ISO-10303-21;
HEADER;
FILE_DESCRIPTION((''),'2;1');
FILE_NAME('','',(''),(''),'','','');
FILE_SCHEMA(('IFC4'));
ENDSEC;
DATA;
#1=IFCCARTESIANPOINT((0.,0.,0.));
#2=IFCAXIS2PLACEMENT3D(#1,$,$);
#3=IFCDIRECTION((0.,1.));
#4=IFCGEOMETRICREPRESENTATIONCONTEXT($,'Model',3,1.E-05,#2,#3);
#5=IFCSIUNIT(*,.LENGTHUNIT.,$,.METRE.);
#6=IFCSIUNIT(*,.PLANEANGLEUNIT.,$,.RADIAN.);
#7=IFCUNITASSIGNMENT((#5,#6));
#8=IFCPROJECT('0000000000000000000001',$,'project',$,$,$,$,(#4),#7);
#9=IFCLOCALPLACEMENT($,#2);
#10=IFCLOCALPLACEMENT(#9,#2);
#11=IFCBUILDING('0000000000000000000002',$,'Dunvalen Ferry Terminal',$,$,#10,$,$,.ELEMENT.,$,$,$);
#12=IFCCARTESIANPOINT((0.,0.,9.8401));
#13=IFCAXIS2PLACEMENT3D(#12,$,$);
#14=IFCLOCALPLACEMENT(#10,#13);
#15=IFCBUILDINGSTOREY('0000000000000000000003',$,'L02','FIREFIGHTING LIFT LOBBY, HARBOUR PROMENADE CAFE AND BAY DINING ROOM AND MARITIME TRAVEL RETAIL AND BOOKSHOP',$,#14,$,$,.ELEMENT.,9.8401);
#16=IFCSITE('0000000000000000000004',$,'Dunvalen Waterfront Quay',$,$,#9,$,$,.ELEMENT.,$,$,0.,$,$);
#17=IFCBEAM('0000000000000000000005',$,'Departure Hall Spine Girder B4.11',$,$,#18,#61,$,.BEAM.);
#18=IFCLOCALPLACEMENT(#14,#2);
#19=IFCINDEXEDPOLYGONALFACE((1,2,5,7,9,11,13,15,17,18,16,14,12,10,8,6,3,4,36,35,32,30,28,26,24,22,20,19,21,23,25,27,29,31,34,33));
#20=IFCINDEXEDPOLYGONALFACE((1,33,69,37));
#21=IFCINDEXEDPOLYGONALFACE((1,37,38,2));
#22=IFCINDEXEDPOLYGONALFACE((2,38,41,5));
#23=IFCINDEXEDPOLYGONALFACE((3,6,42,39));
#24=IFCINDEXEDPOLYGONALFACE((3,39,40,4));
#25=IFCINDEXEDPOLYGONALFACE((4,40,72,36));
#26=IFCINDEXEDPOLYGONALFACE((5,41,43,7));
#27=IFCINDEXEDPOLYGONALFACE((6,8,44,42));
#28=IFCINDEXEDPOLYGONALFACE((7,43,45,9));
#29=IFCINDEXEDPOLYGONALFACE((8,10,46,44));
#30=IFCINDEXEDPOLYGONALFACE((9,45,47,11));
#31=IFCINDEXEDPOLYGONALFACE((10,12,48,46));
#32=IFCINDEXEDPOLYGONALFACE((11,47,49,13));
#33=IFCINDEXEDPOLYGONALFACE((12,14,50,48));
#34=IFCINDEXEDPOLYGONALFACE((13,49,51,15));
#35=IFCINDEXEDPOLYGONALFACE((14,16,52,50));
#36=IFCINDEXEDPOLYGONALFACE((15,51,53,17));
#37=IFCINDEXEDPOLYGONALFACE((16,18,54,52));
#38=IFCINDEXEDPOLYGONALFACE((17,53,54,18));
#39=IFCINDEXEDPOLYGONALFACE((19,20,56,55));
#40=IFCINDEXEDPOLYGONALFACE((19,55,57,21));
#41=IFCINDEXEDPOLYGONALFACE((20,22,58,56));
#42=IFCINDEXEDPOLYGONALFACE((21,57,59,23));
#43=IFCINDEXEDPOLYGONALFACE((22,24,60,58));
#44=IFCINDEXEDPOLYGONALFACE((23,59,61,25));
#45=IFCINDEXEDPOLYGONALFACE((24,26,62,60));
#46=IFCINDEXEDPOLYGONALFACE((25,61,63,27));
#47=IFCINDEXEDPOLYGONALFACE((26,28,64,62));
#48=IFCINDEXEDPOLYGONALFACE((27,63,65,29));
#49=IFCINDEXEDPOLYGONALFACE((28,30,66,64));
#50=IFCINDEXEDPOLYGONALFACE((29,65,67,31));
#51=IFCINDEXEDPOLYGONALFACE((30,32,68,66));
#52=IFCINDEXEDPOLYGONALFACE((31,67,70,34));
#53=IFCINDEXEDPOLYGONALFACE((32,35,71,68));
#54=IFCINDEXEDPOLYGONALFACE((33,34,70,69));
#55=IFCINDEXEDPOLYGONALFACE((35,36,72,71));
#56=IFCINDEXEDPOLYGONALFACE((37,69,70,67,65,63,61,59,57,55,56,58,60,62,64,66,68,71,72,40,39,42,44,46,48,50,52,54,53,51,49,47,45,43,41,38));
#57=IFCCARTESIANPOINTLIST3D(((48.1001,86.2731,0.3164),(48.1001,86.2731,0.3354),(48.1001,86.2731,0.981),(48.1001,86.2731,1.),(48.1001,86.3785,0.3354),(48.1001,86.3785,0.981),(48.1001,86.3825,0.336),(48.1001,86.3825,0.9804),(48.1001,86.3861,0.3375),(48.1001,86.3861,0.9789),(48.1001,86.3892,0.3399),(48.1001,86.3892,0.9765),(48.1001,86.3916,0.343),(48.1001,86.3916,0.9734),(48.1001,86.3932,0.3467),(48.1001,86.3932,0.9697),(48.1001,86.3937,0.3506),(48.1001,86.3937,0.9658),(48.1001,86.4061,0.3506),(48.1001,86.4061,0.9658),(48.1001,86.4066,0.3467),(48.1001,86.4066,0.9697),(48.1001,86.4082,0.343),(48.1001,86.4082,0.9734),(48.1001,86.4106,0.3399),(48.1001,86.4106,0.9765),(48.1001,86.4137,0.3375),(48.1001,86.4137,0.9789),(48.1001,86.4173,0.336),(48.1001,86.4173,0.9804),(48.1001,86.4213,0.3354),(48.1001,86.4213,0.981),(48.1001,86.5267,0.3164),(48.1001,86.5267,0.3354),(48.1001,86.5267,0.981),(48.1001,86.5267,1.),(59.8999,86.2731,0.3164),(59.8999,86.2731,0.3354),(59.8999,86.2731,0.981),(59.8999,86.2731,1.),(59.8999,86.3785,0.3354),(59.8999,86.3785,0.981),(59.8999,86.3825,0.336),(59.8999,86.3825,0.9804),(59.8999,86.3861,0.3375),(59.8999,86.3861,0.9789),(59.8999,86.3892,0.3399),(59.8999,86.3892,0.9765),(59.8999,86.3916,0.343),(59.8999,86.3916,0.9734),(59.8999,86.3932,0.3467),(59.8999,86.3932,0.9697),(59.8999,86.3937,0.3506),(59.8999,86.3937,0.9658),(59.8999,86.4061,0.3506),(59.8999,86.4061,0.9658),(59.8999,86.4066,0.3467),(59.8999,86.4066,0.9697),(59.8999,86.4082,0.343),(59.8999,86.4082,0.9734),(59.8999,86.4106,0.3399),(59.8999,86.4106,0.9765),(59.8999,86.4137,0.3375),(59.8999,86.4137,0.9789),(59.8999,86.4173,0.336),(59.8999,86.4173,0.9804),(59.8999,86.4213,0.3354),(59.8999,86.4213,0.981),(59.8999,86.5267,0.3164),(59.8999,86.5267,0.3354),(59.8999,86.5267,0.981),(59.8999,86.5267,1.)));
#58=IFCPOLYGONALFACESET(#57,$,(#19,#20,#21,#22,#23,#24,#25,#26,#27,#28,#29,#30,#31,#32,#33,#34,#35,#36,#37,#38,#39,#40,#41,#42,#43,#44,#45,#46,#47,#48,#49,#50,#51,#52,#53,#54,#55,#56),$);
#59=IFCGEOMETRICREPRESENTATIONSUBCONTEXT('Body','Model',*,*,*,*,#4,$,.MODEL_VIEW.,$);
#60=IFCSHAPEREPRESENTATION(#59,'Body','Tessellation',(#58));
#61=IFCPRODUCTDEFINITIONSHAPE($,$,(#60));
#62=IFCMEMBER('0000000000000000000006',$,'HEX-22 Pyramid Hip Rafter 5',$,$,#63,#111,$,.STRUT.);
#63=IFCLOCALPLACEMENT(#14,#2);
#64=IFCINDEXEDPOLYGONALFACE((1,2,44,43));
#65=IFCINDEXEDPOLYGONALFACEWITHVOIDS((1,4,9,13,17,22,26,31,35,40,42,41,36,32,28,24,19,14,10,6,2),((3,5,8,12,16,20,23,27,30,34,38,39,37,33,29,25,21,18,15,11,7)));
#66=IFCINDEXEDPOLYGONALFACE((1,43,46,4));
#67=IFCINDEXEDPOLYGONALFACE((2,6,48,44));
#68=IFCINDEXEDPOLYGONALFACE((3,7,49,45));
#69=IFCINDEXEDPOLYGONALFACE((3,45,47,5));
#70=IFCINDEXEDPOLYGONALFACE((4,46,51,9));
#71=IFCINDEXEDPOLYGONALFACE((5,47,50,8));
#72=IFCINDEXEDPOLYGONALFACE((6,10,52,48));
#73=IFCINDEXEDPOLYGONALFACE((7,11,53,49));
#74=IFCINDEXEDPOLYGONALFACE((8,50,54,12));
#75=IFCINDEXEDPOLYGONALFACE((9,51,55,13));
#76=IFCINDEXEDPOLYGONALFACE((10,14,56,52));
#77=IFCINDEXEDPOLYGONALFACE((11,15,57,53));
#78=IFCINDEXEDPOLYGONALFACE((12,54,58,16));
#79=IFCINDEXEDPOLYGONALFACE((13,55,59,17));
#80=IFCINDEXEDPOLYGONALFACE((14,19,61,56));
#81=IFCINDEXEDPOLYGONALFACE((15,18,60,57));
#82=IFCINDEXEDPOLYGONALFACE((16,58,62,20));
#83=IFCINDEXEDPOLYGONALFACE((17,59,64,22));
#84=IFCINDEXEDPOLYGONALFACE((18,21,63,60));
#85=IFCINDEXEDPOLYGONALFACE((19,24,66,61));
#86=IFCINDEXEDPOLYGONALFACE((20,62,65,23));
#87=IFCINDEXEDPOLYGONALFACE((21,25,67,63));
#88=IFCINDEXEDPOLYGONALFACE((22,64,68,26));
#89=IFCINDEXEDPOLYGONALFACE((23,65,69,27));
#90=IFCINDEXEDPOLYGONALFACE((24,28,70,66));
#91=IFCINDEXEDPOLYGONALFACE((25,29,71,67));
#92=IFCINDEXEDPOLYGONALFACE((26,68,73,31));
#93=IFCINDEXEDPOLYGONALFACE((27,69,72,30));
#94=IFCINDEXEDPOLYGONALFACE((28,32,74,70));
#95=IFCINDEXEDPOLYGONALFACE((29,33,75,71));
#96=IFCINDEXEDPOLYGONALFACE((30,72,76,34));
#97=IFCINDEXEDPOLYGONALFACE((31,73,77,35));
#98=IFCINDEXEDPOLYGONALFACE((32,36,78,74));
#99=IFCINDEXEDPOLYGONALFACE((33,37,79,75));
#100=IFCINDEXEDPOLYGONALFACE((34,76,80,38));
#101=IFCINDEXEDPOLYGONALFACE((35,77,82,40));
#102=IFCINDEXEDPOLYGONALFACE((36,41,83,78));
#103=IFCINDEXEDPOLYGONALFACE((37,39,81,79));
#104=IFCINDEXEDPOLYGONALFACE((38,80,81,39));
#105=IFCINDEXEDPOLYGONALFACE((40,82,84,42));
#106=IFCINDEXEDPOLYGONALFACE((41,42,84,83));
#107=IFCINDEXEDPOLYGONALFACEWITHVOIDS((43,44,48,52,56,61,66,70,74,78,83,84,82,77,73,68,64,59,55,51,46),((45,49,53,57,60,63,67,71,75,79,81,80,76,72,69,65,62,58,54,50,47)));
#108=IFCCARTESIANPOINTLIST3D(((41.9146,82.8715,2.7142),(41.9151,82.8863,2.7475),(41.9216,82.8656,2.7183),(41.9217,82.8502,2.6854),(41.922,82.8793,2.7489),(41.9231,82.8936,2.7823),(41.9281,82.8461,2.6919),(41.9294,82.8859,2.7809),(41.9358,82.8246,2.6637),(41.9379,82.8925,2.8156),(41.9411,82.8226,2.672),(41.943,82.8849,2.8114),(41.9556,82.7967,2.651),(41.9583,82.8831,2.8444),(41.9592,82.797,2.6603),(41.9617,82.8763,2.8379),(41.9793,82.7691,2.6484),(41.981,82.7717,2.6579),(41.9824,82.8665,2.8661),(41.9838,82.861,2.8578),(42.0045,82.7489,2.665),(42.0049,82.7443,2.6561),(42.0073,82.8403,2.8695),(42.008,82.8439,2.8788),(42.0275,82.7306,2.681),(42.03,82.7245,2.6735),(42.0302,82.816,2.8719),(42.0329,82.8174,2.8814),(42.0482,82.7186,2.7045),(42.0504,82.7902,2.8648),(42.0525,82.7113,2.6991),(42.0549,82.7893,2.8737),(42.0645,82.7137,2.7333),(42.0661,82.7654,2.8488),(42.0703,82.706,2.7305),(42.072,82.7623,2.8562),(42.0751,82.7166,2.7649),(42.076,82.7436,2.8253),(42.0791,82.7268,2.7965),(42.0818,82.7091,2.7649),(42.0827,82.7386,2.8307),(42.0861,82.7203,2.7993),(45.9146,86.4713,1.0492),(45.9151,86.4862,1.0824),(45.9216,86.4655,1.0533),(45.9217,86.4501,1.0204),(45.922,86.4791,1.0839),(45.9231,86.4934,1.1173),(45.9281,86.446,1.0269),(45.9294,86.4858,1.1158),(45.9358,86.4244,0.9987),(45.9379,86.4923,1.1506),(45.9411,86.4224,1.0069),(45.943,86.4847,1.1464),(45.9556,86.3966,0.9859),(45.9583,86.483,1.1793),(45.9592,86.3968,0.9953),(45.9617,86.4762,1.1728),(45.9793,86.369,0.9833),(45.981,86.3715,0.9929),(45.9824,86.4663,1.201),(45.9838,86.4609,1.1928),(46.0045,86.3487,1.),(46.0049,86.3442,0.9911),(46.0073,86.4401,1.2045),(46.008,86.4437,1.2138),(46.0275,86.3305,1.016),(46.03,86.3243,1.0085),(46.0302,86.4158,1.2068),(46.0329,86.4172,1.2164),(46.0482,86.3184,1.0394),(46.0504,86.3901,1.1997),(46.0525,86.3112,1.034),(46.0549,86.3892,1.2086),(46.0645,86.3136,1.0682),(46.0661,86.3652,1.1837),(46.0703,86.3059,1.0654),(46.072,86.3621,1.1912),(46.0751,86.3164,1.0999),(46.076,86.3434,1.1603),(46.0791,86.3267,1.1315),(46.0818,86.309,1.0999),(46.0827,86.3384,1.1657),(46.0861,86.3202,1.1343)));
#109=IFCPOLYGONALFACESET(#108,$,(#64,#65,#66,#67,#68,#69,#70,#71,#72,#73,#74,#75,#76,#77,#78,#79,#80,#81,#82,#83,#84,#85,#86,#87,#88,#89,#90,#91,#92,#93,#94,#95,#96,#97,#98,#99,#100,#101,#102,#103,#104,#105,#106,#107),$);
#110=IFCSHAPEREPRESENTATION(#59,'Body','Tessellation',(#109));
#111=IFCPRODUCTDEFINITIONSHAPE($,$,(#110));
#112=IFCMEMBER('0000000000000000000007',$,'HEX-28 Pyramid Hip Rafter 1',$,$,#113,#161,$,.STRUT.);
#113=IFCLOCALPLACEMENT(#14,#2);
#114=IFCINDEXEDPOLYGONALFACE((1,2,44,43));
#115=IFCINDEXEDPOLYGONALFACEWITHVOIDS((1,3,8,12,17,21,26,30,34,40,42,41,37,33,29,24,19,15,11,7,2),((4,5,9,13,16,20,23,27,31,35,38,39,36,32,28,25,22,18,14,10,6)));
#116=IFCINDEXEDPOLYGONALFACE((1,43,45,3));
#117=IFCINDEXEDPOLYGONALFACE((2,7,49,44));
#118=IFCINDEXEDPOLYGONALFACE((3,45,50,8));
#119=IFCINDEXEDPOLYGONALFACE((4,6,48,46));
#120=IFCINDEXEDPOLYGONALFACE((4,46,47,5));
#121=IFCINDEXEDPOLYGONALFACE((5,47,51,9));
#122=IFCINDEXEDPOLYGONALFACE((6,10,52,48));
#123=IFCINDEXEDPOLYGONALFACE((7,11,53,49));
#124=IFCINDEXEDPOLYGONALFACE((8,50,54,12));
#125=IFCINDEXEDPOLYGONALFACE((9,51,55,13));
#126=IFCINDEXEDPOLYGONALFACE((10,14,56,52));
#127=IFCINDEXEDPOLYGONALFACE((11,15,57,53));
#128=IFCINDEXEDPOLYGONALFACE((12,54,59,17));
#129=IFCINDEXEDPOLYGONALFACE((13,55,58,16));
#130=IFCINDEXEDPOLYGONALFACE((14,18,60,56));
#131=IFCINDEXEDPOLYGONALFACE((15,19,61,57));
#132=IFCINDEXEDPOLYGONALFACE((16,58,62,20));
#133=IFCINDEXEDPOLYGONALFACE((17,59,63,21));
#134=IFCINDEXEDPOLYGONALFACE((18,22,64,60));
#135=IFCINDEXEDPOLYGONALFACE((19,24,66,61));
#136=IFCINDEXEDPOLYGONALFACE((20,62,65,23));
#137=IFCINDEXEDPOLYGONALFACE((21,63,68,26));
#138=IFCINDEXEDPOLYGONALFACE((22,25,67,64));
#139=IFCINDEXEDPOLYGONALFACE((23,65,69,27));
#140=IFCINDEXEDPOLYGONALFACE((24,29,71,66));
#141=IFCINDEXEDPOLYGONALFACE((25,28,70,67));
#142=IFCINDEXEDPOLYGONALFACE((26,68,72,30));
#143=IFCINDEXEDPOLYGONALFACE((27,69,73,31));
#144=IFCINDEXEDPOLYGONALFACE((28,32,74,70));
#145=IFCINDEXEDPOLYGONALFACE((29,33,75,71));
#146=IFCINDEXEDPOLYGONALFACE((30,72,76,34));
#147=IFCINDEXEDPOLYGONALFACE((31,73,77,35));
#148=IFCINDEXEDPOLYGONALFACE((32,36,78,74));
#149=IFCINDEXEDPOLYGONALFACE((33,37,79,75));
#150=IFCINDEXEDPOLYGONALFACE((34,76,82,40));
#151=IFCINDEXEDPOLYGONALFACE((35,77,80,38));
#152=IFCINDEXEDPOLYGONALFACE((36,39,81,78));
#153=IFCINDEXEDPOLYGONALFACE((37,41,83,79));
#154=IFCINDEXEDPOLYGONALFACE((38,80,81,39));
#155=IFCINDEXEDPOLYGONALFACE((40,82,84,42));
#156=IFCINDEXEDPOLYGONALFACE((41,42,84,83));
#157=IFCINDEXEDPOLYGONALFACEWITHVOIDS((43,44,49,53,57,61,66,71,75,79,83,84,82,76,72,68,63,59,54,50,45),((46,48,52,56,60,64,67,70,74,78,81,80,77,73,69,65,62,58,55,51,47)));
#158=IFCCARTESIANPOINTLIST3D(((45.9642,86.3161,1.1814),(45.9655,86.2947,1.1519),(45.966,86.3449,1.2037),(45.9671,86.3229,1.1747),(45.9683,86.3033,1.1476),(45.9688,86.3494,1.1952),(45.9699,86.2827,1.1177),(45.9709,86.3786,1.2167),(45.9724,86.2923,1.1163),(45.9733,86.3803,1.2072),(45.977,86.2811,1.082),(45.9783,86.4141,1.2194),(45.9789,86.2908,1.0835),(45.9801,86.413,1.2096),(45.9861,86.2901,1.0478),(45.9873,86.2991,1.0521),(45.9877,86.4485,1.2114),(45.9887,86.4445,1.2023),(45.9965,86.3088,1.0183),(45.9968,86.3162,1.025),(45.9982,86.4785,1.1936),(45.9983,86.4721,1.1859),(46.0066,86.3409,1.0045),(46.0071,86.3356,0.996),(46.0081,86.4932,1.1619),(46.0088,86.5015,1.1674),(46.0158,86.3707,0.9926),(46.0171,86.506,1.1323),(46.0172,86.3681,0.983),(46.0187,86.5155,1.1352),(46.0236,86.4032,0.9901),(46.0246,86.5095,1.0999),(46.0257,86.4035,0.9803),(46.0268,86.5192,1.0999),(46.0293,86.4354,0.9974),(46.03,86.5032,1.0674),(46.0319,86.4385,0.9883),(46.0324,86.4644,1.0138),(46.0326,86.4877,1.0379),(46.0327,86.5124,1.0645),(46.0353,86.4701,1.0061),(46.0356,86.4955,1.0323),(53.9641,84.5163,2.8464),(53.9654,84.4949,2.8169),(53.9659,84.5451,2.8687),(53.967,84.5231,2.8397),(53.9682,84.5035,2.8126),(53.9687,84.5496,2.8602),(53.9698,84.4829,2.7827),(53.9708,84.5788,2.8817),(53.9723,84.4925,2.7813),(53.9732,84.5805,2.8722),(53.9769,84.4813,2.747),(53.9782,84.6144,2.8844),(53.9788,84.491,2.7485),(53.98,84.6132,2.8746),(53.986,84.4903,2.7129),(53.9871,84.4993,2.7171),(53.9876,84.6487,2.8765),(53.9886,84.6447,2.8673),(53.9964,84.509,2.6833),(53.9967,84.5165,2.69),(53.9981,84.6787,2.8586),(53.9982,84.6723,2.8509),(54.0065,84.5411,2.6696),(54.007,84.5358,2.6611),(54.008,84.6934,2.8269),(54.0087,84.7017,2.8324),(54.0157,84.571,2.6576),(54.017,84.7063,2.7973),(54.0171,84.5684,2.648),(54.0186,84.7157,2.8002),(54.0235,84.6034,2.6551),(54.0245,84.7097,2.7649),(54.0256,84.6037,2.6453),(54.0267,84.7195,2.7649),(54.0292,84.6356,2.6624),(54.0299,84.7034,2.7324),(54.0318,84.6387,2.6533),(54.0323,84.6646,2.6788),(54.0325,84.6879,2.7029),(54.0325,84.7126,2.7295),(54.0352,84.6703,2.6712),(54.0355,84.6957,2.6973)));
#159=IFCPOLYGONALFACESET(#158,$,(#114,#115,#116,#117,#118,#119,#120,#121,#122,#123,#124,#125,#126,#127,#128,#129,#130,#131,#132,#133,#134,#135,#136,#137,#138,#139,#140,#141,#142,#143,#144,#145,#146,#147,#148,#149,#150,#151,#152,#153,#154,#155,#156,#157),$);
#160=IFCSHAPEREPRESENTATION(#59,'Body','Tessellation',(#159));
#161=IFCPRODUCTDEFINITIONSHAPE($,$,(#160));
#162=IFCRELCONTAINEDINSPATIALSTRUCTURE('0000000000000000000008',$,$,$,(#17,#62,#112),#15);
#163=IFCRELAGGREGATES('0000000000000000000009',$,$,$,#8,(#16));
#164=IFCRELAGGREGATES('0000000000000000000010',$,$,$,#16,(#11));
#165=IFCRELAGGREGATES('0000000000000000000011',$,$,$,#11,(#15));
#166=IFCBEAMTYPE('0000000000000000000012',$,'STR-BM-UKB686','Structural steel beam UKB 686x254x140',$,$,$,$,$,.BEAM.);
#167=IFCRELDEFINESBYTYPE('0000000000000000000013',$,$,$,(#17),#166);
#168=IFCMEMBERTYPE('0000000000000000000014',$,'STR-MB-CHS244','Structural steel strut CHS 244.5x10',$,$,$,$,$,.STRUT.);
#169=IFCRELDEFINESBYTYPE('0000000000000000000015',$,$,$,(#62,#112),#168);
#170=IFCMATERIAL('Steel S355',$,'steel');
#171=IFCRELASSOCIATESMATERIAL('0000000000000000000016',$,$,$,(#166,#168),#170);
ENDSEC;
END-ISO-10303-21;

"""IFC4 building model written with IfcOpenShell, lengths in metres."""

from ifc_helpers import new_model, si_unit, direction, frame, origin, origin_2d, place, context, subcontext, project, spatial, hollow_circle, i_section, extrude, material, material_profile, profile_set, type_object, element, save


model = new_model("IFC4")

# Units and contexts
model_context = context("Model", 3, precision=1e-05, world=origin(), true_north=direction((0.0, 1.0)))
body_context = subcontext(model_context, "Body", "Model", "MODEL_VIEW")
ifc_project = project(units=[si_unit("LENGTHUNIT", "METRE"), si_unit("PLANEANGLEUNIT", "RADIAN")], contexts=[model_context])

# Site, building, storey
site_placement = place(None, origin())
site = spatial("IfcSite", under=ifc_project, at=site_placement, Name="Dunvalen Waterfront Quay", CompositionType="ELEMENT", RefElevation=0.0)
building_placement = place(site_placement, origin())
building = spatial("IfcBuilding", under=site, at=building_placement, Name="Dunvalen Ferry Terminal", CompositionType="ELEMENT")
storey_placement = place(building_placement, frame((0.0, 0.0, 9.8401)))
storey = spatial("IfcBuildingStorey", under=building, at=storey_placement, Name="L02", Description="FIREFIGHTING LIFT LOBBY, HARBOUR PROMENADE CAFE AND BAY DINING ROOM AND MARITIME TRAVEL RETAIL AND BOOKSHOP", CompositionType="ELEMENT", Elevation=9.8401)

# Beam
ifc_material_1 = material(Name="Steel S355", Category="steel")
ifc_material_profile_1 = material_profile(ifc_material_1, i_section(OverallWidth=0.2537, OverallDepth=0.6836, WebThickness=0.0125, FlangeThickness=0.019, FilletRadius=0.0151, at=origin_2d()), Name="Steel S355")
ifc_profile_set_1 = profile_set([ifc_material_profile_1], Name="Steel S355")
beam_type_1 = type_object("IfcBeamType", Name="STR-BM-UKB686", Description="Structural steel beam UKB 686x254x140", PredefinedType="BEAM", material=ifc_profile_set_1)
beam_1_placement = place(storey_placement, frame((48.1001, 86.3999, 0.6582), z_axis=(1.0, 0.0, 0.0), x_axis=(0.0, 1.0, 0.0)))
element("IfcBeam", 1, at=beam_1_placement, inside=storey, type_object=beam_type_1, Name="Departure Hall Spine Girder B4.11", PredefinedType="BEAM", context=body_context, shape_type="SweptSolid", body=[
    extrude(i_section(OverallWidth=0.2537, OverallDepth=0.6836, WebThickness=0.0125, FlangeThickness=0.019, FilletRadius=0.0151, at=origin_2d()), origin(), (0.0, 0.0, 1.0), 11.7998),
])

# Members
ifc_material_profile_2 = material_profile(ifc_material_1, hollow_circle(Radius=0.1223, WallThickness=0.01, at=origin_2d()), Name="Steel S355")
ifc_profile_set_2 = profile_set([ifc_material_profile_2], Name="Steel S355")
member_type_1 = type_object("IfcMemberType", Name="STR-MB-CHS244", Description="Structural steel strut CHS 244.5x10", PredefinedType="STRUT", material=ifc_profile_set_2)
member_1_placement = place(storey_placement, frame((46.0, 86.3999, 1.0999), z_axis=(-0.710094, -0.639059, 0.295584), x_axis=(0.66895, -0.743308, 0.0)))
element("IfcMember", 2, at=member_1_placement, inside=storey, type_object=member_type_1, Name="HEX-22 Pyramid Hip Rafter 5", PredefinedType="STRUT", context=body_context, shape_type="SweptSolid", body=[
    extrude(hollow_circle(Radius=0.1223, WallThickness=0.01, at=origin_2d()), origin(), (0.0, 0.0, 1.0), 5.6331),
])
member_2_placement = place(storey_placement, frame((46.0, 86.3999, 1.0999), z_axis=(0.956103, -0.2151, 0.198994), x_axis=(0.21949, 0.975615, 0.0)))
element("IfcMember", 3, at=member_2_placement, inside=storey, type_object=member_type_1, Name="HEX-28 Pyramid Hip Rafter 1", PredefinedType="STRUT", context=body_context, shape_type="SweptSolid", body=[
    extrude(hollow_circle(Radius=0.1223, WallThickness=0.01, at=origin_2d()), origin(), (0.0, 0.0, 1.0), 8.3672),
])

save(model, "model.ifc")
